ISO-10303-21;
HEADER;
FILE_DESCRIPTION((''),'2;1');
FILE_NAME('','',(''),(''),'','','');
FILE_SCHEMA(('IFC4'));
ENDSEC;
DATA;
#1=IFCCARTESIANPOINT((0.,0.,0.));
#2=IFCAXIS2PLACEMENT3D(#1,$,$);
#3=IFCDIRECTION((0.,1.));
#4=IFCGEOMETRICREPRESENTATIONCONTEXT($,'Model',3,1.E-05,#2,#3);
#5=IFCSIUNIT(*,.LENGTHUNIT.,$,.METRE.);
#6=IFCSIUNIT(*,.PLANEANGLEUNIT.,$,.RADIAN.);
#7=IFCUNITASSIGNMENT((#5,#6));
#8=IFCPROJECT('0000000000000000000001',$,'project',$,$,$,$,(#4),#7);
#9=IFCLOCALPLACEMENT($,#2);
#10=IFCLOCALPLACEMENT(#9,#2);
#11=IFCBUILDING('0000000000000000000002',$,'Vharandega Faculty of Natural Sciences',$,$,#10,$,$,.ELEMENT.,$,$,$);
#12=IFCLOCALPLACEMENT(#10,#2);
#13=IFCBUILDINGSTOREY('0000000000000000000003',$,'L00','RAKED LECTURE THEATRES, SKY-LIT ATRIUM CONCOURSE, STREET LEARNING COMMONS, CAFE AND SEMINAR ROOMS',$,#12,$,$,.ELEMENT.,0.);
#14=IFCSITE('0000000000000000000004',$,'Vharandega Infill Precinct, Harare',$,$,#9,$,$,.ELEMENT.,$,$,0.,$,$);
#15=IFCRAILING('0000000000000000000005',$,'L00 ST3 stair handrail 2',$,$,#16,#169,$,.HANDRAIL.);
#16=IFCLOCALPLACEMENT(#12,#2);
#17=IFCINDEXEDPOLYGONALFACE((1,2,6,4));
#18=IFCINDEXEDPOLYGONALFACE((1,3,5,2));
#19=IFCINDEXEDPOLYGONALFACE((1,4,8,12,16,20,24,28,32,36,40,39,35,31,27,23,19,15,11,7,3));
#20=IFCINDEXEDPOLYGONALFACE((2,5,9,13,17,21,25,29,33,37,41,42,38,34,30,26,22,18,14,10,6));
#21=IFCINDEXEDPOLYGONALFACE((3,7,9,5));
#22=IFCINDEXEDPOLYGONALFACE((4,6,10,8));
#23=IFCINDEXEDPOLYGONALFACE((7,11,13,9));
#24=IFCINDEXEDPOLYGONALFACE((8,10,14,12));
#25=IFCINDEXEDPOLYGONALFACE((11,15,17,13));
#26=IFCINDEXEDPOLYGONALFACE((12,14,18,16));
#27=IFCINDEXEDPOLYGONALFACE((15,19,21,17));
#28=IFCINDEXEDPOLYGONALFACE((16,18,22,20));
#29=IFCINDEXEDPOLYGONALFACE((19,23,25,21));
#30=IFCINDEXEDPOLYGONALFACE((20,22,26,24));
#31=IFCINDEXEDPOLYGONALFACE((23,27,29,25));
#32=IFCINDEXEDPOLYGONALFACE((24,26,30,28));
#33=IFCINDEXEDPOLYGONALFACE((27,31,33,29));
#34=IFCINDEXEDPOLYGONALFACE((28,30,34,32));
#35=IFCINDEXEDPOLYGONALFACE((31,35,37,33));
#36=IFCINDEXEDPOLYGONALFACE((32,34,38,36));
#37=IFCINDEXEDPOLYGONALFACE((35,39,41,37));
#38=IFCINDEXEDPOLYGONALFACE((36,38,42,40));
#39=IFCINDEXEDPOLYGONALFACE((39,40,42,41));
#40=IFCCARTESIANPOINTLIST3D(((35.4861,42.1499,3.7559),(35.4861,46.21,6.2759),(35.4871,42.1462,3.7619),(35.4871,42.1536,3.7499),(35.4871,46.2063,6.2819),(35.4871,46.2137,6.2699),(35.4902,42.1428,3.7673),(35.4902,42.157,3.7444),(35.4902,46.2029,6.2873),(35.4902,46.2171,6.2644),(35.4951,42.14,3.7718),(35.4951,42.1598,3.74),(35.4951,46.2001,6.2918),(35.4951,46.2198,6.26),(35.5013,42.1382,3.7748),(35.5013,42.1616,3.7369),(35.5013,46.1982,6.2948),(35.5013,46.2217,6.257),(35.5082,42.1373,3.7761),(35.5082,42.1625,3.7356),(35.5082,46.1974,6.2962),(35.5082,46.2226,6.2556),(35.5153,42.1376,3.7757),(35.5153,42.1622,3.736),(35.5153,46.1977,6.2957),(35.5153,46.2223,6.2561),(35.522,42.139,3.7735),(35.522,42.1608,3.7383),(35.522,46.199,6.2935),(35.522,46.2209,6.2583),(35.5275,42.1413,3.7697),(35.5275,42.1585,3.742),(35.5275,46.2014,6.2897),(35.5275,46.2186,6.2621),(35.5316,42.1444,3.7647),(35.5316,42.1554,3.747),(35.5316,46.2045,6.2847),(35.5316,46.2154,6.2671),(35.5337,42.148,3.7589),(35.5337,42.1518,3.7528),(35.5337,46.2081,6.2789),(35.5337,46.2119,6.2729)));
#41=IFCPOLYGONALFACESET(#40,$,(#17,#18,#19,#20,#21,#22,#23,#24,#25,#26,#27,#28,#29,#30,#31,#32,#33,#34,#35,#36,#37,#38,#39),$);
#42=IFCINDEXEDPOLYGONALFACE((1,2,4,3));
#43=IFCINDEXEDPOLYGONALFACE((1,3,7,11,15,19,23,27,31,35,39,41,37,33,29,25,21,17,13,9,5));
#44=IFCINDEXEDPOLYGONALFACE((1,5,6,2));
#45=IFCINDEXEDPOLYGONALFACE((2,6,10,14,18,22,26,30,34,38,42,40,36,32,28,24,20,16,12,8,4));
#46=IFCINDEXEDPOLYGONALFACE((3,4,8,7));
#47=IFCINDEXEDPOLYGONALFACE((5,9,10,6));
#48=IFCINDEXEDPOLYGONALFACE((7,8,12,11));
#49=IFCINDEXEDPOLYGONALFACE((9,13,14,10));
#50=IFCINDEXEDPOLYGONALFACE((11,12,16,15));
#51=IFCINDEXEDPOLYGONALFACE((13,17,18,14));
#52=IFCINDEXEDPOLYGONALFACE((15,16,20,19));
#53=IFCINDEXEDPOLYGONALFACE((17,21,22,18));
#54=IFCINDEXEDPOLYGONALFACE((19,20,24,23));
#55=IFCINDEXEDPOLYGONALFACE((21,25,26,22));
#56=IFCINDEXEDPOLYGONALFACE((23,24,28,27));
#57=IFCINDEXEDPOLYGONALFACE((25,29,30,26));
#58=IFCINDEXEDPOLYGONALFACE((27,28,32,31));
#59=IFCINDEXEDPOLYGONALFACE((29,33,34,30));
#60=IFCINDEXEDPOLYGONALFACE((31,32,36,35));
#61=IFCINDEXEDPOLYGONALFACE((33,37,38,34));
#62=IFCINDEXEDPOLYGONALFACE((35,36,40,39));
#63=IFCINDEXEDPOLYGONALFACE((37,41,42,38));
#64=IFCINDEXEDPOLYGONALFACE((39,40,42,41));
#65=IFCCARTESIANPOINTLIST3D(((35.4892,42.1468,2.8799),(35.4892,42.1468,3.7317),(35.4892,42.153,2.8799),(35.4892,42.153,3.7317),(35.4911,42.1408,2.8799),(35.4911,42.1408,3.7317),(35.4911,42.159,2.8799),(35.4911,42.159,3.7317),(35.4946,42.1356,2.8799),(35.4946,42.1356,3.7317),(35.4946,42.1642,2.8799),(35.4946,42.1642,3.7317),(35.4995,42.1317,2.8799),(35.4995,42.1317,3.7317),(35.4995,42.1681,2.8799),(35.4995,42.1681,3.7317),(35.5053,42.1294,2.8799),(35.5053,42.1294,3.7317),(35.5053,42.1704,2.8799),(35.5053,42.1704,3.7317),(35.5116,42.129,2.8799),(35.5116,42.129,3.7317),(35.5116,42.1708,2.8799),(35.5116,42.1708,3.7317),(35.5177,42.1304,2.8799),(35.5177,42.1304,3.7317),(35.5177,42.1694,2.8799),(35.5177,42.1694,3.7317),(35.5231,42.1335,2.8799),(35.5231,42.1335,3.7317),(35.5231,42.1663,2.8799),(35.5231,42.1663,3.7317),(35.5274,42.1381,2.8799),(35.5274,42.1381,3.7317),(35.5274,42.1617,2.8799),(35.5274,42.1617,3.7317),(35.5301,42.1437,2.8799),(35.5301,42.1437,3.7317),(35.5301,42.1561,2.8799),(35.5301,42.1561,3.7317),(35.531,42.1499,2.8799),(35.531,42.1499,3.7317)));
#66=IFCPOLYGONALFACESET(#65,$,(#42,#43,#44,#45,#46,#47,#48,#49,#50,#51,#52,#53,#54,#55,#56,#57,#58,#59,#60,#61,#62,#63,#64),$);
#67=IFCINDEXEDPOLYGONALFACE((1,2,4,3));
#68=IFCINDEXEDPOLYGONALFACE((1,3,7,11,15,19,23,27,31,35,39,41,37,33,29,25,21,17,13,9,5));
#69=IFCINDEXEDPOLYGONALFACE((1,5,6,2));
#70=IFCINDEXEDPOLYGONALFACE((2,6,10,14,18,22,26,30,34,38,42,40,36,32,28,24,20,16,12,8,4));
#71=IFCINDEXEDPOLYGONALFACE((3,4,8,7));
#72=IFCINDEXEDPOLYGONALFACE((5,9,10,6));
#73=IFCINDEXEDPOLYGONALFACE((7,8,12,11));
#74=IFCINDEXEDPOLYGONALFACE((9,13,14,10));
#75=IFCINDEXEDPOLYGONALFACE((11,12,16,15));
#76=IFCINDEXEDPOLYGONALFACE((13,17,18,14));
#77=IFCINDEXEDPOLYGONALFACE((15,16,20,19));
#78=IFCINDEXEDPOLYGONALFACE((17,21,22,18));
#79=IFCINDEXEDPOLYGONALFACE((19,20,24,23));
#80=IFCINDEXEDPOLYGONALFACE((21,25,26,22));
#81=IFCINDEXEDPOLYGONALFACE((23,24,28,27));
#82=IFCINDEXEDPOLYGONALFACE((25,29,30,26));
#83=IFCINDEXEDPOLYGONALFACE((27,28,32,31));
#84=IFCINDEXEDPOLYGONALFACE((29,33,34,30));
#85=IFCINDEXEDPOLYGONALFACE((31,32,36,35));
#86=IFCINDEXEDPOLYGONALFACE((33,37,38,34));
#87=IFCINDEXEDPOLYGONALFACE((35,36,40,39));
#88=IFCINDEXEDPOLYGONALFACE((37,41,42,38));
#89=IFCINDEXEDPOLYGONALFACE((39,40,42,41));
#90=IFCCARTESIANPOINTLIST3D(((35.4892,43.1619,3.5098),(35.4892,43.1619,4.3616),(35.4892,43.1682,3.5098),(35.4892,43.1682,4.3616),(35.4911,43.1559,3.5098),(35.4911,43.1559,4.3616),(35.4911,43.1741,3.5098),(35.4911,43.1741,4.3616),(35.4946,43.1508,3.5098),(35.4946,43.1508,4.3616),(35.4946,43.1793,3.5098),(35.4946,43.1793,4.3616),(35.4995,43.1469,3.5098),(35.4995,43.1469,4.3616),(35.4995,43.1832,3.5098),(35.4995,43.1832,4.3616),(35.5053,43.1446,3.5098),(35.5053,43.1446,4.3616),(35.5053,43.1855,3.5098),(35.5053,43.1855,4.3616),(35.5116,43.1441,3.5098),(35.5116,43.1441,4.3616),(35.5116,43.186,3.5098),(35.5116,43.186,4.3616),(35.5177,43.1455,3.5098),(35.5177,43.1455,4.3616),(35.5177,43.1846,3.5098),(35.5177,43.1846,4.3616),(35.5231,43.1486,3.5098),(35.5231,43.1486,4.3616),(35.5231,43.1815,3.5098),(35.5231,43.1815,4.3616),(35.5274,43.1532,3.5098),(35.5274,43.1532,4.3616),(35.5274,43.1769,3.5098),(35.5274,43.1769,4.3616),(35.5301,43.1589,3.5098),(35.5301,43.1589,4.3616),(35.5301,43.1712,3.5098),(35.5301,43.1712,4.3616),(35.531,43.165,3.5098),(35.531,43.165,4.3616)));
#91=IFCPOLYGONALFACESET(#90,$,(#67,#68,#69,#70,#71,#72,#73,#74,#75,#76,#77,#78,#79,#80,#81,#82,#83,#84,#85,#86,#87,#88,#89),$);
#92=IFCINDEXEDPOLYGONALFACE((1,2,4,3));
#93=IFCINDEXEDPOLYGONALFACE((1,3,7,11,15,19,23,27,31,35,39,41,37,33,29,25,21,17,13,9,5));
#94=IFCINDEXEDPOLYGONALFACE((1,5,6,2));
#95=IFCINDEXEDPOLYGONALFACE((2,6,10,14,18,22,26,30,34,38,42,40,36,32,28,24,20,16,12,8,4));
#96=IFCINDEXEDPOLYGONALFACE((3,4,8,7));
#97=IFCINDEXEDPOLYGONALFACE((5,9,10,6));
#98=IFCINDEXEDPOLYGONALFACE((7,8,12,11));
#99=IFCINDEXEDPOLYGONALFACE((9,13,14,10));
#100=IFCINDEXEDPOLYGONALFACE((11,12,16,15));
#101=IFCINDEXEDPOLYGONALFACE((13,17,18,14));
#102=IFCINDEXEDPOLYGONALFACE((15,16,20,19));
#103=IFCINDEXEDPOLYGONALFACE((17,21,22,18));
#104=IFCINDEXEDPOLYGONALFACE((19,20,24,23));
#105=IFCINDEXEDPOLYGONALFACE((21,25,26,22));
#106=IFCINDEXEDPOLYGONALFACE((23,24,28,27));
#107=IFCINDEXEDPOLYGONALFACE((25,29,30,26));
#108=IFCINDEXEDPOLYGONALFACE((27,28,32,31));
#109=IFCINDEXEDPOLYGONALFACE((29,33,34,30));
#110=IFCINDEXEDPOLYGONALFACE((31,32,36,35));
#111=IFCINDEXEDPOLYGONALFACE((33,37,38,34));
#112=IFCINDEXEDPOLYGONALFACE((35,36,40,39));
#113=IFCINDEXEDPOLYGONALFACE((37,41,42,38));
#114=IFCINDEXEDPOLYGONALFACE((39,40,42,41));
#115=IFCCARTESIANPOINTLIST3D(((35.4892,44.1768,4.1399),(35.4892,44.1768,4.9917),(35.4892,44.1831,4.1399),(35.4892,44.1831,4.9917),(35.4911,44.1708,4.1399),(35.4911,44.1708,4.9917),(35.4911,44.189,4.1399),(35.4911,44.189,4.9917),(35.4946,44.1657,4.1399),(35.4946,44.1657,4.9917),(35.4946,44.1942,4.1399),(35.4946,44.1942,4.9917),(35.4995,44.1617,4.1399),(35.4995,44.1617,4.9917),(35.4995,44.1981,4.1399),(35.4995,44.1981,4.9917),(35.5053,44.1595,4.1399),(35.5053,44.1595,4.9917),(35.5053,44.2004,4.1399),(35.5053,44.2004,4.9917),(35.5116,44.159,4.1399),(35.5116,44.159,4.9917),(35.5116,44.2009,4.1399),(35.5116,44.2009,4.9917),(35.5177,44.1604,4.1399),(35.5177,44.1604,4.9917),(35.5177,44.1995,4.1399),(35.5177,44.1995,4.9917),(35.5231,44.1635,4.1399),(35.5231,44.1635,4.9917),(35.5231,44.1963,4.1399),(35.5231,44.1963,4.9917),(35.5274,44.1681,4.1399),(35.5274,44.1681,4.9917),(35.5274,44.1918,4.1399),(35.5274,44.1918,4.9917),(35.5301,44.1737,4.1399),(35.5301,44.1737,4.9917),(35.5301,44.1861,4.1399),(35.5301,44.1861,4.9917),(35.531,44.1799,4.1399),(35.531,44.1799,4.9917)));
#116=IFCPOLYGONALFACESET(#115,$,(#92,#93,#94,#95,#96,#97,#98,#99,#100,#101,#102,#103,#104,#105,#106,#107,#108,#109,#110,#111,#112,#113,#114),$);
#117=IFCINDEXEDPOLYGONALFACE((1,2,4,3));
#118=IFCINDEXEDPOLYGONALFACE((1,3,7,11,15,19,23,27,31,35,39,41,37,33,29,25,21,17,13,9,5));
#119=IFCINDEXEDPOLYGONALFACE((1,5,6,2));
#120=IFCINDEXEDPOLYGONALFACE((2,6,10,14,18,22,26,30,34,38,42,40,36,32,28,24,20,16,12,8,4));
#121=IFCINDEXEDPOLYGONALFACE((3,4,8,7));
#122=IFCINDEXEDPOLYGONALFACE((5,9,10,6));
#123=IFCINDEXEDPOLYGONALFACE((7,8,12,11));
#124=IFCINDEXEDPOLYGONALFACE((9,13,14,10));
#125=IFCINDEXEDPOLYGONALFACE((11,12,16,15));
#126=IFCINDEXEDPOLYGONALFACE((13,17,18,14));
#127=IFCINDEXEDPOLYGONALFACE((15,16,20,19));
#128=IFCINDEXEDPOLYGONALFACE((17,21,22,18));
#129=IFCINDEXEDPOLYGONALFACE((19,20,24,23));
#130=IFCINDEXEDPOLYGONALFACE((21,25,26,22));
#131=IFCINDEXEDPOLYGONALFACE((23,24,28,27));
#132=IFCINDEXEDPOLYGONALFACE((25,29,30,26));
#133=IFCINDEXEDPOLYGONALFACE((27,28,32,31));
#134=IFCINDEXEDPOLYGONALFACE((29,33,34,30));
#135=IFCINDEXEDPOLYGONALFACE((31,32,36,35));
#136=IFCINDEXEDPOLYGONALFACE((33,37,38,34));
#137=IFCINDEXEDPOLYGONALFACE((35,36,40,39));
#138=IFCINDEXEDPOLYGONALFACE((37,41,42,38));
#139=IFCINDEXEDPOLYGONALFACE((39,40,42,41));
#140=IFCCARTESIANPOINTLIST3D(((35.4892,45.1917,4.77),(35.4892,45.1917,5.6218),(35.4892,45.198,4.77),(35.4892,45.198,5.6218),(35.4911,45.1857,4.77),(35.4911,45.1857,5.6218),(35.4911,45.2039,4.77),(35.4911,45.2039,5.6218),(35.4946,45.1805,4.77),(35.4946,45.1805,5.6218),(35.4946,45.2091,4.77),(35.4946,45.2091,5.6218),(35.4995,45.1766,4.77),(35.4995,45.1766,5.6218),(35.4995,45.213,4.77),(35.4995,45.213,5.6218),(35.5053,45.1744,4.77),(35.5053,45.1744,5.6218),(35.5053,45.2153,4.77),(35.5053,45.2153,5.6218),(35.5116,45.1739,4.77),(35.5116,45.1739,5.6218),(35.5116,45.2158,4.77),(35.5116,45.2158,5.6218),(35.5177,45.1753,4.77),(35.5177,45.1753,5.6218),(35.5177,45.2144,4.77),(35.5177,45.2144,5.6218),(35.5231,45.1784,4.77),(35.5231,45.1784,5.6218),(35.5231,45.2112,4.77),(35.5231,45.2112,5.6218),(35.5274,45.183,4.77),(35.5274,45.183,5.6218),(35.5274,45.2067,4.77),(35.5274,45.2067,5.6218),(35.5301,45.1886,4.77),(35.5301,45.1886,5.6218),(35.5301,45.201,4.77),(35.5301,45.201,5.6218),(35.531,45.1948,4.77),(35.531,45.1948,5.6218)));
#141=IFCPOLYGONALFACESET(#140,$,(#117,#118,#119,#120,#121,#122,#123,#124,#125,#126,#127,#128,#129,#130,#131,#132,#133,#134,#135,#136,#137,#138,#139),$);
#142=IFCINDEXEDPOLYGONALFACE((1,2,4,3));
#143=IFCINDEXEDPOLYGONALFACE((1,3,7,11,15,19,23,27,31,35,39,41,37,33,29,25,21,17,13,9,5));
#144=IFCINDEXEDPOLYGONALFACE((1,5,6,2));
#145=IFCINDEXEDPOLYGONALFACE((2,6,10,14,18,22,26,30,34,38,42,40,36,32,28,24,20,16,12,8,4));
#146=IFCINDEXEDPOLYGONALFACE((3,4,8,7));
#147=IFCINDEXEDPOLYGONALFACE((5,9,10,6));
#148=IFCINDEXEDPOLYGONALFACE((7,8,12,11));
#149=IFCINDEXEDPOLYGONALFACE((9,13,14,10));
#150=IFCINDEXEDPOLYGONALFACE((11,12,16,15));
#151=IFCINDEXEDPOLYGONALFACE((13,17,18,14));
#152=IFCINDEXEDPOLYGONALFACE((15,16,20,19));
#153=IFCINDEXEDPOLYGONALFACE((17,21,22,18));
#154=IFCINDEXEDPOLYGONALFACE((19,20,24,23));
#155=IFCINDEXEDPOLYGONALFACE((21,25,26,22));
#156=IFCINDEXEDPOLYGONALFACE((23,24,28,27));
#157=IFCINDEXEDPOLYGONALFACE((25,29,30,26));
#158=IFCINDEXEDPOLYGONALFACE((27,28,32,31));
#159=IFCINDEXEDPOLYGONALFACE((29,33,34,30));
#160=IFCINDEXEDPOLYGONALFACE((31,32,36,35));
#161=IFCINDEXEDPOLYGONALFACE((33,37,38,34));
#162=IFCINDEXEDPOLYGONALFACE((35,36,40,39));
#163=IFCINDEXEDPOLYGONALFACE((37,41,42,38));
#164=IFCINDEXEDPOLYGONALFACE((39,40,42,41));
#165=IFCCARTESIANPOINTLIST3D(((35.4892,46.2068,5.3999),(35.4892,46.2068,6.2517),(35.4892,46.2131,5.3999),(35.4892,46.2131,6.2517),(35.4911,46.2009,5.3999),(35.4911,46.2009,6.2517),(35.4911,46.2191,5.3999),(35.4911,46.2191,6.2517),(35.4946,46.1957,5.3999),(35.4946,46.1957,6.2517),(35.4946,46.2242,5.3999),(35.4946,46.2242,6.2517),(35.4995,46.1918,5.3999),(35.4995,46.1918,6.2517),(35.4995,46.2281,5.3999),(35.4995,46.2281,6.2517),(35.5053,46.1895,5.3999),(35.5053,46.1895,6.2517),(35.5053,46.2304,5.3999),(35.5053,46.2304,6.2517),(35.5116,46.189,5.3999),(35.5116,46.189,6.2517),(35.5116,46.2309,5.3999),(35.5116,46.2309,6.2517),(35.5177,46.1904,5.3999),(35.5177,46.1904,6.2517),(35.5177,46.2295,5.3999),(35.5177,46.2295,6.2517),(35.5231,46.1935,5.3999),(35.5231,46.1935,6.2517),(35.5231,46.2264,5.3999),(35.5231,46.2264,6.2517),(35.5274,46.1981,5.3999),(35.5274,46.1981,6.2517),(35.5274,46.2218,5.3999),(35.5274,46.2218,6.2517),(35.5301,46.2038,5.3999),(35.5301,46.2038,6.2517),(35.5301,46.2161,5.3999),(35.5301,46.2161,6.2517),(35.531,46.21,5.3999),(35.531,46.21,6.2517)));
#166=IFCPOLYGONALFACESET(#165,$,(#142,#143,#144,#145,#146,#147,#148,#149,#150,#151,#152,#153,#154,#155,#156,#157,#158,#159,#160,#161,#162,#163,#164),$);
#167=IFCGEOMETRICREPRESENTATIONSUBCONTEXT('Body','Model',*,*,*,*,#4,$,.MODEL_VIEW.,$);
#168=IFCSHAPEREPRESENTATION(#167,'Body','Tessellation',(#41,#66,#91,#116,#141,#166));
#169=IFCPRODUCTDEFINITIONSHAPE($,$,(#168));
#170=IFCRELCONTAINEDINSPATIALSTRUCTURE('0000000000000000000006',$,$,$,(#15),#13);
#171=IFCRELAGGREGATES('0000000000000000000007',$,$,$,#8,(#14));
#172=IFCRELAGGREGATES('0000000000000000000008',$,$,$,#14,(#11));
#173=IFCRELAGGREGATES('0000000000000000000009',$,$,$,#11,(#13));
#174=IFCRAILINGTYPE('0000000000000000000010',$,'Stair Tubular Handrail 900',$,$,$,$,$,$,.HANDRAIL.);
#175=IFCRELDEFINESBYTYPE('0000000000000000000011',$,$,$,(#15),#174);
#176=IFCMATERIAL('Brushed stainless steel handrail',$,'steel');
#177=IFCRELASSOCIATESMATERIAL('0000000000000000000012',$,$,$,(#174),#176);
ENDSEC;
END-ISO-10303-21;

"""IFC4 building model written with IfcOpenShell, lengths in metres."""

from ifc_helpers import new_model, si_unit, direction, frame, origin, origin_2d, place, context, subcontext, project, spatial, circle, extrude, material, type_object, element, save


model = new_model("IFC4")

# Units and contexts
model_context = context("Model", 3, precision=1e-05, world=origin(), true_north=direction((0.0, 1.0)))
body_context = subcontext(model_context, "Body", "Model", "MODEL_VIEW")
ifc_project = project(units=[si_unit("LENGTHUNIT", "METRE"), si_unit("PLANEANGLEUNIT", "RADIAN")], contexts=[model_context])

# Site, building, storey
site_placement = place(None, origin())
site = spatial("IfcSite", under=ifc_project, at=site_placement, Name="Vharandega Infill Precinct, Harare", CompositionType="ELEMENT", RefElevation=0.0)
building_placement = place(site_placement, origin())
building = spatial("IfcBuilding", under=site, at=building_placement, Name="Vharandega Faculty of Natural Sciences", CompositionType="ELEMENT")
storey_placement = place(building_placement, origin())
storey = spatial("IfcBuildingStorey", under=building, at=storey_placement, Name="L00", Description="RAKED LECTURE THEATRES, SKY-LIT ATRIUM CONCOURSE, STREET LEARNING COMMONS, CAFE AND SEMINAR ROOMS", CompositionType="ELEMENT", Elevation=0.0)

# Railing
ifc_material_1 = material(Name="Brushed stainless steel handrail", Category="steel")
railing_type_1 = type_object("IfcRailingType", Name="Stair Tubular Handrail 900", PredefinedType="HANDRAIL", material=ifc_material_1)
railing_1_placement = place(storey_placement, frame((35.51, 42.1499, 2.8799)))
element("IfcRailing", 1, at=railing_1_placement, inside=storey, type_object=railing_type_1, Name="L00 ST3 stair handrail 2", PredefinedType="HANDRAIL", context=body_context, shape_type="SweptSolid", body=[
    extrude(circle(Radius=0.0239, at=origin_2d()), frame((0.0, 0.0, 0.876), z_axis=(0.0, 0.849642, 0.52736), x_axis=(-1.0, 0.0, 0.0)), (0.0, 0.0, 1.0), 4.7786),
    extrude(circle(Radius=0.021, at=origin_2d()), origin(), (0.0, 0.0, 1.0), 0.8518),
    extrude(circle(Radius=0.021, at=origin_2d()), frame((0.0, 1.0151, 0.6299)), (0.0, 0.0, 1.0), 0.8518),
    extrude(circle(Radius=0.021, at=origin_2d()), frame((0.0, 2.03, 1.26)), (0.0, 0.0, 1.0), 0.8518),
    extrude(circle(Radius=0.021, at=origin_2d()), frame((0.0, 3.0449, 1.8901)), (0.0, 0.0, 1.0), 0.8518),
    extrude(circle(Radius=0.021, at=origin_2d()), frame((0.0, 4.0601, 2.52)), (0.0, 0.0, 1.0), 0.8518),
])

save(model, "model.ifc")
